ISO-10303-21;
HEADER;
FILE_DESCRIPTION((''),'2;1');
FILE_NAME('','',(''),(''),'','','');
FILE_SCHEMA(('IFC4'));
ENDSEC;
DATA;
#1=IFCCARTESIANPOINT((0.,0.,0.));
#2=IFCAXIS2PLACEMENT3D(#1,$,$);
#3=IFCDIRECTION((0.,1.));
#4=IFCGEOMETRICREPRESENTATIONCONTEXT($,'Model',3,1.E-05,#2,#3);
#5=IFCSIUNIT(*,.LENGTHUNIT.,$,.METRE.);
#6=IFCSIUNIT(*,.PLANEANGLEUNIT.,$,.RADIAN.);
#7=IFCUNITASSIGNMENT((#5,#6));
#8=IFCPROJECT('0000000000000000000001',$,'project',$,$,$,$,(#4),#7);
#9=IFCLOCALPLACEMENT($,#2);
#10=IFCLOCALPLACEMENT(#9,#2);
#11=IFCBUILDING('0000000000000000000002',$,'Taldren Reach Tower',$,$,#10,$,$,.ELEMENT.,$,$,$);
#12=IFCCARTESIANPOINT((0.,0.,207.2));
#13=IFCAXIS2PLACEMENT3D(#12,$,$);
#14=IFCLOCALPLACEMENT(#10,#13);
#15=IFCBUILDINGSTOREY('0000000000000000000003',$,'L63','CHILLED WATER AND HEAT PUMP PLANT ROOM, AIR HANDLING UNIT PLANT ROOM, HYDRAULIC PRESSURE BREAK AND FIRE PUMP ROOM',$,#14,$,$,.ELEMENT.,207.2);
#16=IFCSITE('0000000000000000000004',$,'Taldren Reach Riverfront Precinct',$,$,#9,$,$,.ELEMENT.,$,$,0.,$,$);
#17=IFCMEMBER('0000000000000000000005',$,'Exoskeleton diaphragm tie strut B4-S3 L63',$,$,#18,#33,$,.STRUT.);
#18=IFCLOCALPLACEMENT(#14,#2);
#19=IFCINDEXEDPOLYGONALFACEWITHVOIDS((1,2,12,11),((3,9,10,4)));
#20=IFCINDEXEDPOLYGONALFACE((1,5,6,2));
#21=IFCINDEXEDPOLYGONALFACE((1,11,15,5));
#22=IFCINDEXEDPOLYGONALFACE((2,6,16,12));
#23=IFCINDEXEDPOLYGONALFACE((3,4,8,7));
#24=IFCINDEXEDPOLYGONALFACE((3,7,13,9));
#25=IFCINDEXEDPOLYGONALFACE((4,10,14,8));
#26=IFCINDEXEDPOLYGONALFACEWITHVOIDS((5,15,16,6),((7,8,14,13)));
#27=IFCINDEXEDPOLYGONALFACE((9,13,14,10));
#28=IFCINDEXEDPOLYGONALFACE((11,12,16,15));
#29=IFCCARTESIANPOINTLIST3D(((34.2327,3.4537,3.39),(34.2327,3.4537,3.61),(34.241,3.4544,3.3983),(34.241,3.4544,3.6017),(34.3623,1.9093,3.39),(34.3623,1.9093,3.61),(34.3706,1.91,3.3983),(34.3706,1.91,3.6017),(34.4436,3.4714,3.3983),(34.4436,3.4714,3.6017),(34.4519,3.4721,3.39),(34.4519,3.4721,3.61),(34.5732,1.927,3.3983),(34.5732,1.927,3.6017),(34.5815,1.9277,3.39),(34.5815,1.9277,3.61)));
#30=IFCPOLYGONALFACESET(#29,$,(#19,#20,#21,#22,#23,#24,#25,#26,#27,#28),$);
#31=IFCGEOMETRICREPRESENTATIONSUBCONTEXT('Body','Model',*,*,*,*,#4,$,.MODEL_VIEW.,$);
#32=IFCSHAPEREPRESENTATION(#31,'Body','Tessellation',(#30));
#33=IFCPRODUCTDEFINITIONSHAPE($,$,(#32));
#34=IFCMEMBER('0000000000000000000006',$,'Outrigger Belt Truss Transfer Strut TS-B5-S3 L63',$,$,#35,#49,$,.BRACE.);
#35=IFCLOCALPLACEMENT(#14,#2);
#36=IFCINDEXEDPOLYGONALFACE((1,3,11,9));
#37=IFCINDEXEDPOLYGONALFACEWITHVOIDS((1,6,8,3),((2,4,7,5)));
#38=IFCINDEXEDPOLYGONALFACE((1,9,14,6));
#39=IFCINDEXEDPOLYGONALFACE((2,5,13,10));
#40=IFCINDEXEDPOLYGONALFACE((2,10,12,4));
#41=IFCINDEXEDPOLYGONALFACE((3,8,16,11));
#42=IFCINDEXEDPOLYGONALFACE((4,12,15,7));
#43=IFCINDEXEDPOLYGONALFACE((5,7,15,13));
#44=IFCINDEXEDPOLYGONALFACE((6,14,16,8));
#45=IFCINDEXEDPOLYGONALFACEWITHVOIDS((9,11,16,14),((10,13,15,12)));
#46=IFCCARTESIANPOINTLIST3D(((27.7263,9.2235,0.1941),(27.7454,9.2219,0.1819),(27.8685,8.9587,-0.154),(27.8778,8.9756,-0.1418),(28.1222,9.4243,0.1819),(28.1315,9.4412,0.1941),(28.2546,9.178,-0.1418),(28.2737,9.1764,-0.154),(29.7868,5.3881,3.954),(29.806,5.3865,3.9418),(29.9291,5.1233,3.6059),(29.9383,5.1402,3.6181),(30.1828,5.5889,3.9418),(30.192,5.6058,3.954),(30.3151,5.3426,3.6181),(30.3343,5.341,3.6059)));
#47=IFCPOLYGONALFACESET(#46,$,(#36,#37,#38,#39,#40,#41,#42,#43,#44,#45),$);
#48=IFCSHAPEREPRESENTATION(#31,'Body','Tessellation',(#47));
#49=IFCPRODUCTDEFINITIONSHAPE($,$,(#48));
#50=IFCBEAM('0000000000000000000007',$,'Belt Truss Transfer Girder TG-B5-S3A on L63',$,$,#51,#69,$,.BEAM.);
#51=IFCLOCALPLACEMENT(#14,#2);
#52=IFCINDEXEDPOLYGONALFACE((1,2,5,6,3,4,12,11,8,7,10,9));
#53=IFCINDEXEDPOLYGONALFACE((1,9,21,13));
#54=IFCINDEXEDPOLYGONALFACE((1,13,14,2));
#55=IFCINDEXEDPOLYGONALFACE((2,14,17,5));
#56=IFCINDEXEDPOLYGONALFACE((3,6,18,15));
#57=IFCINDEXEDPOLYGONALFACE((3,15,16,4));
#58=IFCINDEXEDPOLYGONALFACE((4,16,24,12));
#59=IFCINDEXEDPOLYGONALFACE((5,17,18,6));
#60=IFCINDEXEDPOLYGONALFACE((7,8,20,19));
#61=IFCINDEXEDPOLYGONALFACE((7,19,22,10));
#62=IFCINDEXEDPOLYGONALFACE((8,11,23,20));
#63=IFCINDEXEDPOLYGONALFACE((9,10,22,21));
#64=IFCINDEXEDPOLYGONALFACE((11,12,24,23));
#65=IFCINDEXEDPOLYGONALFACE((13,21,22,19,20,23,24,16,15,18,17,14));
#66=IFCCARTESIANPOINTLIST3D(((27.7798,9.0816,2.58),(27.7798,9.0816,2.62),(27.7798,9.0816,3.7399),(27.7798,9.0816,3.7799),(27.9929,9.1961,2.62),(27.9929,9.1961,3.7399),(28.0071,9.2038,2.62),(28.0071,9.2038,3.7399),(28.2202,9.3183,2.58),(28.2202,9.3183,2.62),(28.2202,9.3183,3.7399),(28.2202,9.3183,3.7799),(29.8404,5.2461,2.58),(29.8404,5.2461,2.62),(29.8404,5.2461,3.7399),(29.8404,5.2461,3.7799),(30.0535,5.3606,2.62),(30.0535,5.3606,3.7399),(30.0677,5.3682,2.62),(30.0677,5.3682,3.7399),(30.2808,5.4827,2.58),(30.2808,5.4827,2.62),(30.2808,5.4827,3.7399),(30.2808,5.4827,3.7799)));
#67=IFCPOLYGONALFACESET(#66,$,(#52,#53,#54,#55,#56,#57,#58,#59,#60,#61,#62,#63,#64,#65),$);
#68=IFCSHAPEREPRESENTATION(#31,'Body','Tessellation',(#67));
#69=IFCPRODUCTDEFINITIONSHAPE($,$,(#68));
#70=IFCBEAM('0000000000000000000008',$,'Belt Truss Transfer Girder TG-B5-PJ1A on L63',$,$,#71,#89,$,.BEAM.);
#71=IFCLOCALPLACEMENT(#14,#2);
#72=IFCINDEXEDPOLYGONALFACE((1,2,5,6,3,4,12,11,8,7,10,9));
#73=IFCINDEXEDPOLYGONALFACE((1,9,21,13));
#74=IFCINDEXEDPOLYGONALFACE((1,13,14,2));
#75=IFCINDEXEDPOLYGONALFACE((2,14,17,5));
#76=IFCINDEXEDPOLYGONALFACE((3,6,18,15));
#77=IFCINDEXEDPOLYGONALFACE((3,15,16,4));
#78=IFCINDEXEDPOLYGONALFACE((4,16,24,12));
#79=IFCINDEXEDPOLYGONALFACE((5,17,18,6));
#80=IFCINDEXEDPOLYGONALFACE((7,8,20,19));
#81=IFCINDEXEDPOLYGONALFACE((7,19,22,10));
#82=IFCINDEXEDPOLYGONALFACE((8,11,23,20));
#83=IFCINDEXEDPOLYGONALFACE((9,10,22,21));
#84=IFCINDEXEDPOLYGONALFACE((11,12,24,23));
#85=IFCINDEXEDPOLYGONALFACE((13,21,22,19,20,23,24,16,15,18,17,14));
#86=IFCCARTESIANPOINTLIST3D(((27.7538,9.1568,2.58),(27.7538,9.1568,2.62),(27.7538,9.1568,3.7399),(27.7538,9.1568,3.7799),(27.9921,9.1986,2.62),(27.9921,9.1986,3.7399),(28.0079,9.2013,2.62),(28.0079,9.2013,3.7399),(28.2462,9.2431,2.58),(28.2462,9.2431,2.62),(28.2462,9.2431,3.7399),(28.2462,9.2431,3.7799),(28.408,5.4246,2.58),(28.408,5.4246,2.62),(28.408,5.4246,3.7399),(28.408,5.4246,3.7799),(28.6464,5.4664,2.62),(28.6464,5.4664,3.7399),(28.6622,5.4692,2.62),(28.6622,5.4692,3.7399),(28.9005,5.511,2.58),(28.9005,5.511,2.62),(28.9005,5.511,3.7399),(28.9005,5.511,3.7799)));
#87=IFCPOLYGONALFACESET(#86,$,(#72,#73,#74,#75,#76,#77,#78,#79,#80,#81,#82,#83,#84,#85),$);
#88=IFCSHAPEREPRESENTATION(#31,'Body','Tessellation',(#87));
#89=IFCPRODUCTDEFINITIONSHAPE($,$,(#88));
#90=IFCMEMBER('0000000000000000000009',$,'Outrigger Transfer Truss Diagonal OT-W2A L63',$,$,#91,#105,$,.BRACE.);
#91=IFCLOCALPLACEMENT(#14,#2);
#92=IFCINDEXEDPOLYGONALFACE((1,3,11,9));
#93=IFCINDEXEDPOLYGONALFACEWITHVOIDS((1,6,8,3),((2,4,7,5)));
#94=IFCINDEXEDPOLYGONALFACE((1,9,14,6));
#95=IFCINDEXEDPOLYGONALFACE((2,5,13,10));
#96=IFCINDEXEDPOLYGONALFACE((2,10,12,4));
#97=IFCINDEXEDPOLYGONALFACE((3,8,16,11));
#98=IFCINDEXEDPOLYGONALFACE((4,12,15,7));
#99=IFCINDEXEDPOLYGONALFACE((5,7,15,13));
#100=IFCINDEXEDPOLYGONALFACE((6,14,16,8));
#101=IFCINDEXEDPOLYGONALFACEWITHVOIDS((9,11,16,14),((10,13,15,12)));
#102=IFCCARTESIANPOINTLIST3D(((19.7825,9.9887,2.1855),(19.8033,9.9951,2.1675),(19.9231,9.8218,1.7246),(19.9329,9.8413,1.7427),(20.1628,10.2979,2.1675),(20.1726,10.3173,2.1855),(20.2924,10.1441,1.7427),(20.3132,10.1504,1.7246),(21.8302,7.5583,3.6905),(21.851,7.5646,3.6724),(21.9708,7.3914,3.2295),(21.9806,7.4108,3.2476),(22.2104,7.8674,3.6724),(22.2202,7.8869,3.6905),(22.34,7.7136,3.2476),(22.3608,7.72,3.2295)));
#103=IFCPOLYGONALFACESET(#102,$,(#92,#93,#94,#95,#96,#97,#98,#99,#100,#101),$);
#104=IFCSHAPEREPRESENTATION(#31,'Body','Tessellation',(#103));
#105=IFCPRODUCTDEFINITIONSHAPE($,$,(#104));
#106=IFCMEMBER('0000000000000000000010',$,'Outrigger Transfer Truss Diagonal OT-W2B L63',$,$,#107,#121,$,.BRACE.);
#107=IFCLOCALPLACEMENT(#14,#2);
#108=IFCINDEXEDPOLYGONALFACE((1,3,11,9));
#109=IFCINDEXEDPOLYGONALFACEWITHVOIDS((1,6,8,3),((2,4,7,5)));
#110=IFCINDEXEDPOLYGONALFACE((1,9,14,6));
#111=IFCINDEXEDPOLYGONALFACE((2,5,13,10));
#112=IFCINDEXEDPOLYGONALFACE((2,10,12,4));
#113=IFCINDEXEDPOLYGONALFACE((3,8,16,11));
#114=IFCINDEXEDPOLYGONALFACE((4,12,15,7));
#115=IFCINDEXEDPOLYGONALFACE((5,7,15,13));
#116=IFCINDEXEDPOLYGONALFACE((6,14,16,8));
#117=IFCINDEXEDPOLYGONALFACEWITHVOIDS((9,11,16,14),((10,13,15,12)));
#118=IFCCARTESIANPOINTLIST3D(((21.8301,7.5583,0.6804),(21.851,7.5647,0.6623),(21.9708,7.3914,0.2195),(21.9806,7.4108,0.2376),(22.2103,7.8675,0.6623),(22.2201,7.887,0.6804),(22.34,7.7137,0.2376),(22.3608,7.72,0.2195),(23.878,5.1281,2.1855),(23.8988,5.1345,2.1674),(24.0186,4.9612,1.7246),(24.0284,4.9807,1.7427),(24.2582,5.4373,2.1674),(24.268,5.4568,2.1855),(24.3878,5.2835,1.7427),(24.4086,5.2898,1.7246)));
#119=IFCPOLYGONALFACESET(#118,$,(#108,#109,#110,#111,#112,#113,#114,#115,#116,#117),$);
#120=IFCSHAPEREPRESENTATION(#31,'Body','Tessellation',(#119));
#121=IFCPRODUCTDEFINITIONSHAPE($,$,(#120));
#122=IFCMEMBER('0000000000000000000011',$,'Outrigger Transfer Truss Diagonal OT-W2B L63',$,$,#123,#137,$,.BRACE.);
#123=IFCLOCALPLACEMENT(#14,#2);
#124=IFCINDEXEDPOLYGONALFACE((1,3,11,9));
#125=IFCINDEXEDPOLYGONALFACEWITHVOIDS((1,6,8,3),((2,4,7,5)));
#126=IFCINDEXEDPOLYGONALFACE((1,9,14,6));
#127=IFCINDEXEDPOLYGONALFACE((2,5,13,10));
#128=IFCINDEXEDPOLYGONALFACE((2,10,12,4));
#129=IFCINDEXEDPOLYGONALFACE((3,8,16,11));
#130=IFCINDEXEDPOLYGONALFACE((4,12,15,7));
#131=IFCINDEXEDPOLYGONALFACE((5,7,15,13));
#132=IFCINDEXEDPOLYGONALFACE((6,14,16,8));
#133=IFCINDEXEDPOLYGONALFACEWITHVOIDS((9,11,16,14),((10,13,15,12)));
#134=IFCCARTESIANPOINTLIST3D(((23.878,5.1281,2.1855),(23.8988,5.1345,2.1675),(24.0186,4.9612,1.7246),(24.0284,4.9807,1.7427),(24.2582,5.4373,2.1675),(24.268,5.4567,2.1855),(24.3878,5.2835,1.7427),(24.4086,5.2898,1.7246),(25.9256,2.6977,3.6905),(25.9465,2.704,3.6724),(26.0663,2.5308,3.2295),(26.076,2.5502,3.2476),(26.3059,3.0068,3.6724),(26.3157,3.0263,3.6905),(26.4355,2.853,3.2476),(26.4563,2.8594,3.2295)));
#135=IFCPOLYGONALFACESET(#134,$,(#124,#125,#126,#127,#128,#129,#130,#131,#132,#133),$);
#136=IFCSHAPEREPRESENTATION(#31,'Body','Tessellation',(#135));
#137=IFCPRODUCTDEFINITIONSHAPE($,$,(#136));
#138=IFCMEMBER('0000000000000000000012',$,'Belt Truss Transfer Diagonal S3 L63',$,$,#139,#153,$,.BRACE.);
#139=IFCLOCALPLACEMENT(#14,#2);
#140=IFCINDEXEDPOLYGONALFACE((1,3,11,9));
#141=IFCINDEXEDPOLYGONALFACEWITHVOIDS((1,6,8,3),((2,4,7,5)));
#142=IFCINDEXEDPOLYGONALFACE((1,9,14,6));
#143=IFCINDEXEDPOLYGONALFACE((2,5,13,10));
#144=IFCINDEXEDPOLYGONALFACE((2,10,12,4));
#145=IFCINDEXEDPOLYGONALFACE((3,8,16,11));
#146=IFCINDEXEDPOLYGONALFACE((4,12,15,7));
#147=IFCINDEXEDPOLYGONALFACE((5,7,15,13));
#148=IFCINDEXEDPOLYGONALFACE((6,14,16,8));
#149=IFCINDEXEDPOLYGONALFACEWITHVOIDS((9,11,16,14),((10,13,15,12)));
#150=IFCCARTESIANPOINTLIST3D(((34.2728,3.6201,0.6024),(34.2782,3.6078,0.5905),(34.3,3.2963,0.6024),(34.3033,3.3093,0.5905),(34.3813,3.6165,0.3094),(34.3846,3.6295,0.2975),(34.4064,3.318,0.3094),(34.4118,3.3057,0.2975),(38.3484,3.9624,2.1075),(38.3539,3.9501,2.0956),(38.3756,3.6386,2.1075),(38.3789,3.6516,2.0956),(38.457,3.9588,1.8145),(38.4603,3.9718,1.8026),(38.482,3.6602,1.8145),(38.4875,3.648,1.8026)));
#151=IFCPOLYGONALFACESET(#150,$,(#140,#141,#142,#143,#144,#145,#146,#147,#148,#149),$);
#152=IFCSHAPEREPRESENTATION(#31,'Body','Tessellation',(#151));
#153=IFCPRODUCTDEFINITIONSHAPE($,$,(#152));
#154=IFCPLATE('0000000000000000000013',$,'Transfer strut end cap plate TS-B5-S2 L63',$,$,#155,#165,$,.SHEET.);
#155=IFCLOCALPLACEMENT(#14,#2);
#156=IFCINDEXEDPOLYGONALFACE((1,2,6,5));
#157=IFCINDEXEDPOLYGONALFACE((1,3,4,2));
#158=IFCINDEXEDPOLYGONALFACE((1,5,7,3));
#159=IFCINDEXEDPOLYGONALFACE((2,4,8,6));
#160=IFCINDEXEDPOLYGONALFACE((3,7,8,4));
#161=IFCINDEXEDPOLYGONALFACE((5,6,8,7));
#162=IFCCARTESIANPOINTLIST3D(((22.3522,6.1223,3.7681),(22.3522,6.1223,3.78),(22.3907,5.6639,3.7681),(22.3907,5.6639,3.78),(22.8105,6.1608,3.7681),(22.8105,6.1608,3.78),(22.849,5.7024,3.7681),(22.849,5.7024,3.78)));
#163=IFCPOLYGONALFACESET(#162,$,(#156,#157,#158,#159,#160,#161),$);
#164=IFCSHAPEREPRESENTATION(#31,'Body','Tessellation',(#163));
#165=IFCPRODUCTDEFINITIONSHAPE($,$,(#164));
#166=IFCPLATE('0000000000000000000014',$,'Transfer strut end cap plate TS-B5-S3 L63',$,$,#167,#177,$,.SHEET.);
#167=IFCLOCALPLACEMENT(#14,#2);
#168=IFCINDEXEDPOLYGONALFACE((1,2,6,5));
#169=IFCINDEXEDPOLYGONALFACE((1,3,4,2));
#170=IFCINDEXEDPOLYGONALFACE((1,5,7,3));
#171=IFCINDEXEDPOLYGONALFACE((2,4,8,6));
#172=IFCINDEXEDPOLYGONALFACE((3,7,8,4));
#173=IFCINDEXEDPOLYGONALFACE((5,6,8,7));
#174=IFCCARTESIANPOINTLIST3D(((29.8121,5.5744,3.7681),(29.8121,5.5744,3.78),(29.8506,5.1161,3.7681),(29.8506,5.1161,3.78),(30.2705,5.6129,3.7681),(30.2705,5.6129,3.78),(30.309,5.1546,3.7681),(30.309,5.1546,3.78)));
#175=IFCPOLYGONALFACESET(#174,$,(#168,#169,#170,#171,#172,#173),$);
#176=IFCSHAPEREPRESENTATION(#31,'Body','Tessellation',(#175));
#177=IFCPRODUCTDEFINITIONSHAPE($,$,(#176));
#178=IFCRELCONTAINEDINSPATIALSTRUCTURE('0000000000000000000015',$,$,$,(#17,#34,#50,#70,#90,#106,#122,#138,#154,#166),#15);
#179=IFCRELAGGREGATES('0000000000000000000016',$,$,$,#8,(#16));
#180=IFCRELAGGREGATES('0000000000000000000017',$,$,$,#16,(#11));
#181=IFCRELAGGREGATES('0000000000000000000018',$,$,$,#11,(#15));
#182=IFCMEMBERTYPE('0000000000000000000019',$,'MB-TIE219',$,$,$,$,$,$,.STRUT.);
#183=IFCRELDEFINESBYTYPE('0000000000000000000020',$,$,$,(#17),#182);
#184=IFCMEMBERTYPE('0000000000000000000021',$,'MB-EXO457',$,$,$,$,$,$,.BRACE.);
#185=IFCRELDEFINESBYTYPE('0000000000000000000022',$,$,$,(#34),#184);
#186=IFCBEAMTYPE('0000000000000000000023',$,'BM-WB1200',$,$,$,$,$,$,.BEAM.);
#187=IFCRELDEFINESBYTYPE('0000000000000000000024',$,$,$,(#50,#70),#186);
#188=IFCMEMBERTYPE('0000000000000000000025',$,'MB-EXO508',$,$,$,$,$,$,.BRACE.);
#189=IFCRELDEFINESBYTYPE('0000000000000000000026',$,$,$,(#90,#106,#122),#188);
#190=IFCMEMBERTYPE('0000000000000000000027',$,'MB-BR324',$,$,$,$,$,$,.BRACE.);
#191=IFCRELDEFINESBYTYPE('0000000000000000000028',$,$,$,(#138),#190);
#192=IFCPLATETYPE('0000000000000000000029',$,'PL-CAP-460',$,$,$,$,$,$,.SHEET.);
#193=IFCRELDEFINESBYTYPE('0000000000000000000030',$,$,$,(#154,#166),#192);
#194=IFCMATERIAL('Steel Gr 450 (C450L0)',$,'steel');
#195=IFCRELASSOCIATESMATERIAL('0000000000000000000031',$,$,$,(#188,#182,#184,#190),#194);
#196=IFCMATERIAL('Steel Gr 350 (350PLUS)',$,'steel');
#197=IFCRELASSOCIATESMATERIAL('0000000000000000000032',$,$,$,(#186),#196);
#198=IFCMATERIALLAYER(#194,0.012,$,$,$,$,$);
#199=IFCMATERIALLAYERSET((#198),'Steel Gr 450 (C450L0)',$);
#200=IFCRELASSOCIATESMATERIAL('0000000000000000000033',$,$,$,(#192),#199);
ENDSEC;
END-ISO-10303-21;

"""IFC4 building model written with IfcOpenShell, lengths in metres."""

from ifc_helpers import new_model, si_unit, direction, frame, origin, origin_2d, place, context, subcontext, project, spatial, rectangle, hollow_rectangle, i_section, extrude, source, transform, mapped, material, layer, layer_set, material_profile, profile_set, type_object, element, save


model = new_model("IFC4")

# Units and contexts
model_context = context("Model", 3, precision=1e-05, world=origin(), true_north=direction((0.0, 1.0)))
body_context = subcontext(model_context, "Body", "Model", "MODEL_VIEW")
ifc_project = project(units=[si_unit("LENGTHUNIT", "METRE"), si_unit("PLANEANGLEUNIT", "RADIAN")], contexts=[model_context])

# Site, building, storey
site_placement = place(None, origin())
site = spatial("IfcSite", under=ifc_project, at=site_placement, Name="Taldren Reach Riverfront Precinct", CompositionType="ELEMENT", RefElevation=0.0)
building_placement = place(site_placement, origin())
building = spatial("IfcBuilding", under=site, at=building_placement, Name="Taldren Reach Tower", CompositionType="ELEMENT")
storey_placement = place(building_placement, frame((0.0, 0.0, 207.2)))
storey = spatial("IfcBuildingStorey", under=building, at=storey_placement, Name="L63", Description="CHILLED WATER AND HEAT PUMP PLANT ROOM, AIR HANDLING UNIT PLANT ROOM, HYDRAULIC PRESSURE BREAK AND FIRE PUMP ROOM", CompositionType="ELEMENT", Elevation=207.2)

# Shared definitions
ifc_material_1 = material(Name="Steel Gr 350 (350PLUS)", Category="steel")

# Shared definitions
ifc_material_2 = material(Name="Steel Gr 450 (C450L0)", Category="steel")
ifc_material_profile_1 = material_profile(ifc_material_2, hollow_rectangle(XDim=0.51, YDim=0.51, WallThickness=0.02, at=origin_2d()), Name="510x510x20.0SHS")
ifc_profile_set_1 = profile_set([ifc_material_profile_1], Name="Steel Gr 450 (C450L0)")
member_type_1 = type_object("IfcMemberType", Name="MB-EXO508", PredefinedType="BRACE", material=ifc_profile_set_1)

# Members
ifc_material_profile_2 = material_profile(ifc_material_2, hollow_rectangle(XDim=0.22, YDim=0.22, WallThickness=0.0083, at=origin_2d()), Name="220x220x8.2SHS")
ifc_profile_set_2 = profile_set([ifc_material_profile_2], Name="Steel Gr 450 (C450L0)")
member_type_2 = type_object("IfcMemberType", Name="MB-TIE219", PredefinedType="STRUT", material=ifc_profile_set_2)
shared_shape_1 = source(origin(), body_context, "Body", "SweptSolid", [
    extrude(hollow_rectangle(XDim=0.22, YDim=0.22, WallThickness=0.0083, at=origin_2d()), origin(), (0.0, 0.0, 1.0), 1.5498),
])
member_1_placement = place(storey_placement, frame((34.3423, 3.4629, 3.5), z_axis=(0.083645, -0.996496, 0.0), x_axis=(0.996496, 0.083645, 0.0)))
element("IfcMember", 1, at=member_1_placement, inside=storey, type_object=member_type_2, Name="Exoskeleton diaphragm tie strut B4-S3 L63", PredefinedType="STRUT", context=body_context, shape_type="MappedRepresentation", body=[
    mapped(shared_shape_1, transform((0.0, 0.0, 0.0), scale=1.0)),
])
ifc_material_profile_3 = material_profile(ifc_material_2, hollow_rectangle(XDim=0.46, YDim=0.46, WallThickness=0.0161, at=origin_2d()), Name="460x460x16.0SHS")
ifc_profile_set_3 = profile_set([ifc_material_profile_3], Name="Steel Gr 450 (C450L0)")
member_type_3 = type_object("IfcMemberType", Name="MB-EXO457", PredefinedType="BRACE", material=ifc_profile_set_3)
shared_shape_2 = source(origin(), body_context, "Body", "SweptSolid", [
    extrude(hollow_rectangle(XDim=0.46, YDim=0.46, WallThickness=0.0161, at=origin_2d()), origin(), (0.0, 0.0, 1.0), 5.7527),
])
member_2_placement = place(storey_placement, frame((28.0, 9.2, 0.02), z_axis=(0.358184, -0.666715, 0.653602), x_axis=(0.880921, 0.473264, 0.0)))
element("IfcMember", 2, at=member_2_placement, inside=storey, type_object=member_type_3, Name="Outrigger Belt Truss Transfer Strut TS-B5-S3 L63", PredefinedType="BRACE", context=body_context, shape_type="MappedRepresentation", body=[
    mapped(shared_shape_2, transform((0.0, 0.0, 0.0), scale=1.0)),
])

# Beams
ifc_material_profile_4 = material_profile(ifc_material_1, i_section(OverallWidth=0.5, OverallDepth=1.2, WebThickness=0.0161, FlangeThickness=0.04, at=origin_2d()), Name="1200WB455")
ifc_profile_set_4 = profile_set([ifc_material_profile_4], Name="Steel Gr 350 (350PLUS)")
beam_type_1 = type_object("IfcBeamType", Name="BM-WB1200", PredefinedType="BEAM", material=ifc_profile_set_4)
shared_shape_3 = source(origin(), body_context, "Body", "SweptSolid", [
    extrude(i_section(OverallWidth=0.5, OverallDepth=1.2, WebThickness=0.0161, FlangeThickness=0.04, at=origin_2d()), origin(), (0.0, 0.0, 1.0), 4.354),
])
beam_1_placement = place(storey_placement, frame((28.0, 9.2, 3.1799), z_axis=(0.473264, -0.880921, 0.0), x_axis=(0.880921, 0.473264, 0.0)))
element("IfcBeam", 3, at=beam_1_placement, inside=storey, type_object=beam_type_1, Name="Belt Truss Transfer Girder TG-B5-S3A on L63", PredefinedType="BEAM", context=body_context, shape_type="MappedRepresentation", body=[
    mapped(shared_shape_3, transform((0.0, 0.0, 0.0), scale=1.0)),
])
shared_shape_4 = source(origin(), body_context, "Body", "SweptSolid", [
    extrude(i_section(OverallWidth=0.5, OverallDepth=1.2, WebThickness=0.0161, FlangeThickness=0.04, at=origin_2d()), origin(), (0.0, 0.0, 1.0), 3.7891),
])
beam_2_placement = place(storey_placement, frame((28.0, 9.2, 3.1799), z_axis=(0.172679, -0.984978, 0.0), x_axis=(0.984978, 0.172679, 0.0)))
element("IfcBeam", 4, at=beam_2_placement, inside=storey, type_object=beam_type_1, Name="Belt Truss Transfer Girder TG-B5-PJ1A on L63", PredefinedType="BEAM", context=body_context, shape_type="MappedRepresentation", body=[
    mapped(shared_shape_4, transform((0.0, 0.0, 0.0), scale=1.0)),
])

# Members
shared_shape_5 = source(origin(), body_context, "Body", "SweptSolid", [
    extrude(hollow_rectangle(XDim=0.51, YDim=0.51, WallThickness=0.02, at=origin_2d()), origin(), (0.0, 0.0, 1.0), 3.5164),
])
for number, where, z_axis, x_axis, name in (
    (5, (20.0479, 10.0696, 1.9551), (0.58232, -0.691188, 0.427974), (0.764766, 0.644308, 0.0), "Outrigger Transfer Truss Diagonal OT-W2A L63"),
    (6, (22.0955, 7.6392, 0.45), (0.582377, -0.691104, 0.428034), (0.764696, 0.644391, 0.0), "Outrigger Transfer Truss Diagonal OT-W2B L63"),
    (7, (24.1433, 5.209, 1.9551), (0.58232, -0.691188, 0.427974), (0.764766, 0.644308, 0.0), "Outrigger Transfer Truss Diagonal OT-W2B L63"),
):
    element("IfcMember", number, at=place(storey_placement, frame(where, z_axis=z_axis, x_axis=x_axis)), inside=storey, type_object=member_type_1, Name=name, PredefinedType="BRACE", context=body_context, shape_type="MappedRepresentation", body=[
        mapped(shared_shape_5, transform((0.0, 0.0, 0.0), scale=1.0)),
    ])
ifc_material_profile_5 = material_profile(ifc_material_2, hollow_rectangle(XDim=0.325, YDim=0.325, WallThickness=0.0127, at=origin_2d()), Name="325x325x12.7SHS")
ifc_profile_set_5 = profile_set([ifc_material_profile_5], Name="Steel Gr 450 (C450L0)")
member_type_4 = type_object("IfcMemberType", Name="MB-BR324", PredefinedType="BRACE", material=ifc_profile_set_5)
shared_shape_6 = source(origin(), body_context, "Body", "SweptSolid", [
    extrude(hollow_rectangle(XDim=0.325, YDim=0.325, WallThickness=0.0127, at=origin_2d()), origin(), (0.0, 0.0, 1.0), 4.3582),
])
member_3_placement = place(storey_placement, frame((34.3423, 3.4629, 0.45), z_axis=(0.935179, 0.078538, 0.345356), x_axis=(-0.083688, 0.996492, 0.0)))
element("IfcMember", 8, at=member_3_placement, inside=storey, type_object=member_type_4, Name="Belt Truss Transfer Diagonal S3 L63", PredefinedType="BRACE", context=body_context, shape_type="MappedRepresentation", body=[
    mapped(shared_shape_6, transform((0.0, 0.0, 0.0), scale=1.0)),
])

# Plates
ifc_layer_1 = layer(ifc_material_2, 0.012)
ifc_layer_set_1 = layer_set([ifc_layer_1], Name="Steel Gr 450 (C450L0)")
plate_type = type_object("IfcPlateType", Name="PL-CAP-460", PredefinedType="SHEET", material=ifc_layer_set_1)
shared_shape_7 = source(origin(), body_context, "Body", "SweptSolid", [
    extrude(rectangle(XDim=0.46, YDim=0.46, at=origin_2d()), origin(), (0.0, 0.0, 1.0), 0.012),
])
for number, where, z_axis, x_axis, name in (
    (9, (22.6006, 5.9124, 3.7681), (0.0, 0.0, 1.0), (0.996493, 0.083678, 0.0), "Transfer strut end cap plate TS-B5-S2 L63"),
    (10, (30.0605, 5.3645, 3.7681), (0.0, 0.0, 1.0), (0.996493, 0.083678, 0.0), "Transfer strut end cap plate TS-B5-S3 L63"),
):
    element("IfcPlate", number, at=place(storey_placement, frame(where, z_axis=z_axis, x_axis=x_axis)), inside=storey, type_object=plate_type, Name=name, PredefinedType="SHEET", context=body_context, shape_type="MappedRepresentation", body=[
        mapped(shared_shape_7, transform((0.0, 0.0, 0.0), scale=1.0)),
    ])

save(model, "model.ifc")
